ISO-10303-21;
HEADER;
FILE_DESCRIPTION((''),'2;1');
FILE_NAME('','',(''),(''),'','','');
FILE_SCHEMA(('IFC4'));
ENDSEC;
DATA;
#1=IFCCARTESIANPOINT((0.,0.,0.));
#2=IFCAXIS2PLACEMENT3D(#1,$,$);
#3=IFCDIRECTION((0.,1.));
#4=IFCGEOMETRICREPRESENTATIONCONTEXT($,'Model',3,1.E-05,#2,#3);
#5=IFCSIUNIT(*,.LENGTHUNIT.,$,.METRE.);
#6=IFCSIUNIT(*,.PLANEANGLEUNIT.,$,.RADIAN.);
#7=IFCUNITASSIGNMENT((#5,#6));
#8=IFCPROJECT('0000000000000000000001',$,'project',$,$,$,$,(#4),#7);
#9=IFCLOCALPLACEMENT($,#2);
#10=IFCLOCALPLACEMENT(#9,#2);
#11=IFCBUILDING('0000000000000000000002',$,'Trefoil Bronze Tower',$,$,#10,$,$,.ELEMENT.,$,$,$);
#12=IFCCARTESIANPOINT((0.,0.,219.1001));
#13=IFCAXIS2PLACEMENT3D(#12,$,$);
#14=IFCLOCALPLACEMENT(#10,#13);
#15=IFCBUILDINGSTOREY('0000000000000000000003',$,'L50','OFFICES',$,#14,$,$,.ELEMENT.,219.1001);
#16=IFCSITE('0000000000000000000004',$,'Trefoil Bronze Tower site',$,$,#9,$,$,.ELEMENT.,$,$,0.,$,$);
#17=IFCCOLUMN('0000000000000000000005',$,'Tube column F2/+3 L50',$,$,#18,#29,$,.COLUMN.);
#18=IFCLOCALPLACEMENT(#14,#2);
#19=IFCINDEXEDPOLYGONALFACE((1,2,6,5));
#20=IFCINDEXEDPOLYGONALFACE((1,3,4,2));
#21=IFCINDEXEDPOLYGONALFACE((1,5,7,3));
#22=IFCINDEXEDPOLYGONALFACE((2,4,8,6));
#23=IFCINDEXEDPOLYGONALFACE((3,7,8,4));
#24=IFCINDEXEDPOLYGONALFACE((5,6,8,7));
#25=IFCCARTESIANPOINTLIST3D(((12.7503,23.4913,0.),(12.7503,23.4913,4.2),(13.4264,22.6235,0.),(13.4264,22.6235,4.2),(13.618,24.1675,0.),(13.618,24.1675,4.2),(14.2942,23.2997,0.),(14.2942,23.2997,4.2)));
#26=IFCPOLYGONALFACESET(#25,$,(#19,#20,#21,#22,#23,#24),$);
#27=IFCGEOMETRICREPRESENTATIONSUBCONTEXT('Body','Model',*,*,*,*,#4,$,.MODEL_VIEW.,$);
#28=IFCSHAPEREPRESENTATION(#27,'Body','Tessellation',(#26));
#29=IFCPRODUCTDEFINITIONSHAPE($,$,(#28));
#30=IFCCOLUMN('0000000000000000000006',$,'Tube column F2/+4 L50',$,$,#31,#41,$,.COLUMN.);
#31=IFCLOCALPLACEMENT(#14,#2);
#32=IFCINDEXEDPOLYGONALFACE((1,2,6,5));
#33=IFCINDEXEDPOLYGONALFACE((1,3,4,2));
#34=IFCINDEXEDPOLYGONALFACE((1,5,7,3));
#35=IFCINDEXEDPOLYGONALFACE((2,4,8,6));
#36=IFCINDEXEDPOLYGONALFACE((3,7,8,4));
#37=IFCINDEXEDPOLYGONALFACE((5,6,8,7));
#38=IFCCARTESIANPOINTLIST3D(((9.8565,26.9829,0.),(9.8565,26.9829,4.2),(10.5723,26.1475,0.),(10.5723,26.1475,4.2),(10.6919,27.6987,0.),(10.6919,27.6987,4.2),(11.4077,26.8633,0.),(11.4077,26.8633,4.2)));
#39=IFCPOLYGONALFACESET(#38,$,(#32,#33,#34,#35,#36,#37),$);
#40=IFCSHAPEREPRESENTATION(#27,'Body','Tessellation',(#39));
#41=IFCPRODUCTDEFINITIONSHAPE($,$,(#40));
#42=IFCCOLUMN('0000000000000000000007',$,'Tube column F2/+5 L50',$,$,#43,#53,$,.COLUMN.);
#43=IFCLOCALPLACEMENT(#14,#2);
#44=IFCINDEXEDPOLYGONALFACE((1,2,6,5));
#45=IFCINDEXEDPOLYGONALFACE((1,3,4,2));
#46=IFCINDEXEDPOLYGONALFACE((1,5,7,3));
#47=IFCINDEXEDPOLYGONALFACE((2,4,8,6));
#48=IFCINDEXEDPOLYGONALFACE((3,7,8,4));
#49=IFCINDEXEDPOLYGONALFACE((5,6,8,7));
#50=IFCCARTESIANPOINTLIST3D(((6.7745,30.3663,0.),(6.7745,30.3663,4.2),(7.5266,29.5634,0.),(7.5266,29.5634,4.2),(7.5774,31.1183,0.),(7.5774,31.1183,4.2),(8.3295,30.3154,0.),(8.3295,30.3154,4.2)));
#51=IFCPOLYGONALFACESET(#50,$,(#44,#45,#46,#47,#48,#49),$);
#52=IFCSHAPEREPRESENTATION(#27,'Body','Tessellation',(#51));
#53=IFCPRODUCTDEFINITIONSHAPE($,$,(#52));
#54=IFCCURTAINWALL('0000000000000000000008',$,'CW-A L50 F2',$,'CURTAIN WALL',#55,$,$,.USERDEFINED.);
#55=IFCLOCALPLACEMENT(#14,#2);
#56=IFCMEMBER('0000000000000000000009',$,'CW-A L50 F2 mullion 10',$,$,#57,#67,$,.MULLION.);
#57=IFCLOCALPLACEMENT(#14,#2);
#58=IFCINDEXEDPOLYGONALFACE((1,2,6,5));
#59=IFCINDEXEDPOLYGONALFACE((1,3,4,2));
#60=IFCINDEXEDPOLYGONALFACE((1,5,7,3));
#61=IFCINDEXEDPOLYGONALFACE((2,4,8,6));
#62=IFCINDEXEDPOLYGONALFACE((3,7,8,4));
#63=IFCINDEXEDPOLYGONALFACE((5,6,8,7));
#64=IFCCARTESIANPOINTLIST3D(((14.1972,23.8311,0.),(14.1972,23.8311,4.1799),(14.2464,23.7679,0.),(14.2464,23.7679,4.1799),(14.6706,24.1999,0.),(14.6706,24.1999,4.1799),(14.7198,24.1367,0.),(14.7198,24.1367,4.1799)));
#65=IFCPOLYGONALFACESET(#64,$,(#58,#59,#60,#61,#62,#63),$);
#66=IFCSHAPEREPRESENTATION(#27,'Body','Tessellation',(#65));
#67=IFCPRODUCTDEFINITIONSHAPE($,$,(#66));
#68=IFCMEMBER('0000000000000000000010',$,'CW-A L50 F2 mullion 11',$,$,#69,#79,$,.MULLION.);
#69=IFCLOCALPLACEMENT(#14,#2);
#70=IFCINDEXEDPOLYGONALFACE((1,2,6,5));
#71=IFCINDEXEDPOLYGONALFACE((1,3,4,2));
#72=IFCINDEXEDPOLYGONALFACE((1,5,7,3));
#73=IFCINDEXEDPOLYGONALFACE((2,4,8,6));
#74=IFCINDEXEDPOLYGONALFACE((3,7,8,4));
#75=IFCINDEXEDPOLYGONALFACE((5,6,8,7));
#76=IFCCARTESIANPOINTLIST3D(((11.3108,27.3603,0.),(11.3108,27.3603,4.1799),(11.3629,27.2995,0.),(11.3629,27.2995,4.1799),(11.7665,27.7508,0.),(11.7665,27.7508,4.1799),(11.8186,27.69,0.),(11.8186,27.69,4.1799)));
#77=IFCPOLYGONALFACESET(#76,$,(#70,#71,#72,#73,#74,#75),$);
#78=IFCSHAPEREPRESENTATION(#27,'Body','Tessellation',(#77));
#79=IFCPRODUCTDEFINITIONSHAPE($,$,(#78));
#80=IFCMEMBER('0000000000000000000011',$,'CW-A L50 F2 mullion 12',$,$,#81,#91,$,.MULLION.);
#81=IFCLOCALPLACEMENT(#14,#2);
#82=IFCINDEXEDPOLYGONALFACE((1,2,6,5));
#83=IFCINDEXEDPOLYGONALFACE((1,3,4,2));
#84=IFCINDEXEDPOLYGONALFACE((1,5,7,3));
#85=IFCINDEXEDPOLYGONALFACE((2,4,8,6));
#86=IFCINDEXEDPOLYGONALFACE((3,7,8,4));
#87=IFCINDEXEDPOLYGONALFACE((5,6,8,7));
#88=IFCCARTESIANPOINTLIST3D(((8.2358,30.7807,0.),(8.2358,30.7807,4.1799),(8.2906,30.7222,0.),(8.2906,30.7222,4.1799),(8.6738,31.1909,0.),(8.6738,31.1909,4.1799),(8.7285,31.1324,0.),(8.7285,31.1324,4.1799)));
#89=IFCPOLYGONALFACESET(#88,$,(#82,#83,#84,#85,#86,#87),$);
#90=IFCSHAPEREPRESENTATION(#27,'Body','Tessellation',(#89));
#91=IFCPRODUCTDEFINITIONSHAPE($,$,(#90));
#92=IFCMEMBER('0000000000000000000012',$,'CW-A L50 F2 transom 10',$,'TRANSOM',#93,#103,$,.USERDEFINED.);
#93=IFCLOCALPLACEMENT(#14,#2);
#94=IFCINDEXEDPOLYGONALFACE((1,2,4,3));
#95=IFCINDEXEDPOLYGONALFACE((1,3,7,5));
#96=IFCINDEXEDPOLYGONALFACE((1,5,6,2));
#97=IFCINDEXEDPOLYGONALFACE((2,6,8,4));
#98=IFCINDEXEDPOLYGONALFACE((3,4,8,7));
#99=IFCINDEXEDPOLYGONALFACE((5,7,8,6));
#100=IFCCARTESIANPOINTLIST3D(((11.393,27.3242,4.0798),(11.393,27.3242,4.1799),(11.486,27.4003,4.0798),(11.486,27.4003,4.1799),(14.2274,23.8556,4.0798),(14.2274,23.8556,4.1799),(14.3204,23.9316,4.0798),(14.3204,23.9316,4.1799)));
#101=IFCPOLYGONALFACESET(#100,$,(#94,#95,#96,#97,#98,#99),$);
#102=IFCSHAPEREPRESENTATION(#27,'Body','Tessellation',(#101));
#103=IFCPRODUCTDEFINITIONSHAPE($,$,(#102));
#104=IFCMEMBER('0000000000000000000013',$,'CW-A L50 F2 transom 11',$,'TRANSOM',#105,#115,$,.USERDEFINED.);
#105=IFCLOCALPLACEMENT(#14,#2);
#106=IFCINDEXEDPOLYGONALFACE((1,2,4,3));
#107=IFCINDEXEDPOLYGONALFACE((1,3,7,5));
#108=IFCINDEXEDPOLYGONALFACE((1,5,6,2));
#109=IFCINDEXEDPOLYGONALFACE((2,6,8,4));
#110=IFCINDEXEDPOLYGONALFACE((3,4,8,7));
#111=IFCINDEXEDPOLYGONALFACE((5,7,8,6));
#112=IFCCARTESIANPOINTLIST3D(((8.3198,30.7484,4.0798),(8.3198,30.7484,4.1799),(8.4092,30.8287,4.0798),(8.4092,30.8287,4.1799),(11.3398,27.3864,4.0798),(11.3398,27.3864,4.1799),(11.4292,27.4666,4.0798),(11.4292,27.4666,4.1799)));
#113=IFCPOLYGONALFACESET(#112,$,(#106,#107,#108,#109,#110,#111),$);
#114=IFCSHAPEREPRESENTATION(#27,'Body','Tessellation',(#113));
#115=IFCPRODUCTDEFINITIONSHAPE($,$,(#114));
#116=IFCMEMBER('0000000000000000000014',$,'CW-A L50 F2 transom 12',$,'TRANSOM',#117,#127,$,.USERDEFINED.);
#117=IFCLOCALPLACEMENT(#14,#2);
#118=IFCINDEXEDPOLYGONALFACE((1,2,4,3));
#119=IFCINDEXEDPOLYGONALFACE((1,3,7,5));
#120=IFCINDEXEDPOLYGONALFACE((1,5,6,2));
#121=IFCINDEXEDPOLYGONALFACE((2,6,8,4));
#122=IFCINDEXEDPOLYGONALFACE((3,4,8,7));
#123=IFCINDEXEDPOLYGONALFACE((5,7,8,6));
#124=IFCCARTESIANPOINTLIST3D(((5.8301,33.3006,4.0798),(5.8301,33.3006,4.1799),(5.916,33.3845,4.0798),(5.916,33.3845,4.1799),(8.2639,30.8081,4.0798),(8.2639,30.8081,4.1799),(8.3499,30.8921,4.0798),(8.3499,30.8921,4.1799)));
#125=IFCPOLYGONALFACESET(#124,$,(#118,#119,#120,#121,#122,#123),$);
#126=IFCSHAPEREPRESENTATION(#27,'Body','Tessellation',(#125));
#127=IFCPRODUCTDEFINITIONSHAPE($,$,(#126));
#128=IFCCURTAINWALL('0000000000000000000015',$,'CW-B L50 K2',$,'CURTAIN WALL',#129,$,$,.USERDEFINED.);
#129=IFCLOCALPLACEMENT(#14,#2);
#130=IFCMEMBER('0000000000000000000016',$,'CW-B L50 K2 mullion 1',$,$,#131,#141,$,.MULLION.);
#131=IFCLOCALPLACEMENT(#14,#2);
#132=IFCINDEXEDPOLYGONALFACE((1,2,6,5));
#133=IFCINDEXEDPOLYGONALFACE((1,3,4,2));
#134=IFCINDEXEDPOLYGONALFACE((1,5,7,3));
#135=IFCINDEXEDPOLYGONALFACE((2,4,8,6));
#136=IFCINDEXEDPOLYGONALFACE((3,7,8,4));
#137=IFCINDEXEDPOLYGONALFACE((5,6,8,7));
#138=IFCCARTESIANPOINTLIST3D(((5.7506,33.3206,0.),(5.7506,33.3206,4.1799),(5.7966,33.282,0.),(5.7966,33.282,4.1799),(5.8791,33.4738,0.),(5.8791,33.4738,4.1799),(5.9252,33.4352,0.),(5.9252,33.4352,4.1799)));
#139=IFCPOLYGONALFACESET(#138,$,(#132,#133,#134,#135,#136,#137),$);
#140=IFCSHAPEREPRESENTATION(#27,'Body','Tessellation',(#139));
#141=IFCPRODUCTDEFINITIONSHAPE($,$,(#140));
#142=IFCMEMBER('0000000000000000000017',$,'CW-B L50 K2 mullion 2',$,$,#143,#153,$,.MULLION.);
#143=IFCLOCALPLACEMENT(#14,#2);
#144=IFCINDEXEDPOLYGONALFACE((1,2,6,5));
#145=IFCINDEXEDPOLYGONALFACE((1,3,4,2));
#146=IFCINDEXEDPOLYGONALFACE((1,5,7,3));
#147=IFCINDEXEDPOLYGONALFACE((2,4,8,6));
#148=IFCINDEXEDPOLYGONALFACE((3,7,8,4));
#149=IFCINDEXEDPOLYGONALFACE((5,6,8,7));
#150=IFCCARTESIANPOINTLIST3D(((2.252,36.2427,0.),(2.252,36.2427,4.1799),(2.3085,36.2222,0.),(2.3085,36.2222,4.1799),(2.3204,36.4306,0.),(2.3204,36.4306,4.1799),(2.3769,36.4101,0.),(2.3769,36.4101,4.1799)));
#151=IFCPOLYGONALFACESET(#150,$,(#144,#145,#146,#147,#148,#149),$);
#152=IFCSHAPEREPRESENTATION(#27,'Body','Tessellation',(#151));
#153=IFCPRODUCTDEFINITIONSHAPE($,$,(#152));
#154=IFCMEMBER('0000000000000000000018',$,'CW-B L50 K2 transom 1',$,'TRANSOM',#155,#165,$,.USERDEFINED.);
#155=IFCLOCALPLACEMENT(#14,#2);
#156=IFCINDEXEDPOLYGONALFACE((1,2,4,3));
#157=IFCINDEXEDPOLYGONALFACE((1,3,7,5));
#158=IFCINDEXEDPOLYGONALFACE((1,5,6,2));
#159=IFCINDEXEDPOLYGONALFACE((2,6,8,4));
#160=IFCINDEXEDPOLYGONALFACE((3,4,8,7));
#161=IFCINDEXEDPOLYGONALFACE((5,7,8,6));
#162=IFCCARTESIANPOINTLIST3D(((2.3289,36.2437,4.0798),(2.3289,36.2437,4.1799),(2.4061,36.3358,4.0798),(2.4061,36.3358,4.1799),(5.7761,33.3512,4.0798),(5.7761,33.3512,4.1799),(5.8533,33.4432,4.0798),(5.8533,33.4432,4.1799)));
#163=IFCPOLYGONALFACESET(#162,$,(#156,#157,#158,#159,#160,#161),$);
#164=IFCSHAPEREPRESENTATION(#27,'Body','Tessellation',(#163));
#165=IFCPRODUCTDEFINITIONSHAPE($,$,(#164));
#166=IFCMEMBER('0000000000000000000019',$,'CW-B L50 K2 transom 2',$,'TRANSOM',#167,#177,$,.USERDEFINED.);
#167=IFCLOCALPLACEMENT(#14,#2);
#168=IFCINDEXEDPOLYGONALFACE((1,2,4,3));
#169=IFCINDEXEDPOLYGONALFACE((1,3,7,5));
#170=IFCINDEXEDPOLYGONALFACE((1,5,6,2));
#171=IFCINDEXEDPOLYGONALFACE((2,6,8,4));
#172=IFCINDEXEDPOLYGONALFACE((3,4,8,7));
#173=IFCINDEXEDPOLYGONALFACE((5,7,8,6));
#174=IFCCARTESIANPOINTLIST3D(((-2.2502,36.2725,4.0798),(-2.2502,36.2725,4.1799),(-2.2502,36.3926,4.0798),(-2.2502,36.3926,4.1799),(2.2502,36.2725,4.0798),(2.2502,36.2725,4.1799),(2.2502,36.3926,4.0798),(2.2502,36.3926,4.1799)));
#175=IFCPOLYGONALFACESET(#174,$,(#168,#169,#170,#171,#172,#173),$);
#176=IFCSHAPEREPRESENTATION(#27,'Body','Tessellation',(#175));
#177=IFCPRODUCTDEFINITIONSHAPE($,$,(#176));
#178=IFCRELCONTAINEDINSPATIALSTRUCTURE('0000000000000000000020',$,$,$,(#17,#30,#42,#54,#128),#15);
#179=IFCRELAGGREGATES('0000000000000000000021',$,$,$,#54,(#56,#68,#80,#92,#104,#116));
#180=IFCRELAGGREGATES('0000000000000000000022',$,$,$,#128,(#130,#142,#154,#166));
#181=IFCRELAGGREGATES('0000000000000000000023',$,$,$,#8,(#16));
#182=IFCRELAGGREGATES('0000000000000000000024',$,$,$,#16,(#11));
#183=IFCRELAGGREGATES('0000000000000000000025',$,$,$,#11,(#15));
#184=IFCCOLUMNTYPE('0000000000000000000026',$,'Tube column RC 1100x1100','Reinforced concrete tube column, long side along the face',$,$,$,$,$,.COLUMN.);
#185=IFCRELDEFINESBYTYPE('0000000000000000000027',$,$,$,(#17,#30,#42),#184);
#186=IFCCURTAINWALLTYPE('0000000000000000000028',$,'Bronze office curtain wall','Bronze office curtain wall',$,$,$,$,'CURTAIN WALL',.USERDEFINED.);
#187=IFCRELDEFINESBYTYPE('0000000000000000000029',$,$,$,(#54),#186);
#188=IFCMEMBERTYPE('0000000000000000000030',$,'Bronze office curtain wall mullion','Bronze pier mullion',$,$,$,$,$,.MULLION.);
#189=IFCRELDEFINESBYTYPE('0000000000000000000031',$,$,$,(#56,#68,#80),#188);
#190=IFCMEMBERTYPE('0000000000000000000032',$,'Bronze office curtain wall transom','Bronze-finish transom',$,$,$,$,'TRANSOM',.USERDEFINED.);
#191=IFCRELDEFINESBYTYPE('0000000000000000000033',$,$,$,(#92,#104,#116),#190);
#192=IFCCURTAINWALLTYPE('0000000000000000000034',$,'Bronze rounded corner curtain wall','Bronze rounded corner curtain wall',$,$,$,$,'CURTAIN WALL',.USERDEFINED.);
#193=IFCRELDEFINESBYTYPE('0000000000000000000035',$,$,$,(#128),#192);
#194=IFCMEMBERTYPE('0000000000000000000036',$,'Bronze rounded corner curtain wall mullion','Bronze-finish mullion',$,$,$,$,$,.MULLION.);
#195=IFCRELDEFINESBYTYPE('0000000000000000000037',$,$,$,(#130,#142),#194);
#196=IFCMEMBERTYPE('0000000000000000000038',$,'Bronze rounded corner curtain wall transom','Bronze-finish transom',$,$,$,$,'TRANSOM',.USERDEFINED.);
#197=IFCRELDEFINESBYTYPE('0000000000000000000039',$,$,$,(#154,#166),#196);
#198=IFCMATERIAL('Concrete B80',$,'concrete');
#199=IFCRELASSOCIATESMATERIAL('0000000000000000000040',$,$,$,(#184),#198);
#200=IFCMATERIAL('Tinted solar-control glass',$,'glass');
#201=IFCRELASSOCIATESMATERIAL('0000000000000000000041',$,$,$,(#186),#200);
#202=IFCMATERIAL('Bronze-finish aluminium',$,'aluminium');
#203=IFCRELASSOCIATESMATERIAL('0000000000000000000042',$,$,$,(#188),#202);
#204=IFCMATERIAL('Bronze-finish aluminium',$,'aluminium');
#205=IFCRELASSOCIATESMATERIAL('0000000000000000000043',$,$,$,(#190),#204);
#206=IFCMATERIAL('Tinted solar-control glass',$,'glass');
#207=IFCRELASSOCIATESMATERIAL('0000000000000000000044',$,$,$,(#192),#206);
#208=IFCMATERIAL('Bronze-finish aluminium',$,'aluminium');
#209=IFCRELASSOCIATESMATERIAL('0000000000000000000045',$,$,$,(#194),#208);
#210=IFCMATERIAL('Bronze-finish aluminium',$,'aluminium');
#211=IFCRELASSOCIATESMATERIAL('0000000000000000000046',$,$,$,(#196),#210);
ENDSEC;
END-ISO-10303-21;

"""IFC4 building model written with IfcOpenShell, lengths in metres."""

from ifc_helpers import new_model, si_unit, direction, frame, origin, origin_2d, place, context, subcontext, project, spatial, rectangle, extrude, material, material_profile, profile_set, type_object, element, aggregate, save


model = new_model("IFC4")

# Units and contexts
model_context = context("Model", 3, precision=1e-05, world=origin(), true_north=direction((0.0, 1.0)))
body_context = subcontext(model_context, "Body", "Model", "MODEL_VIEW")
ifc_project = project(units=[si_unit("LENGTHUNIT", "METRE"), si_unit("PLANEANGLEUNIT", "RADIAN")], contexts=[model_context])

# Site, building, storey
site_placement = place(None, origin())
site = spatial("IfcSite", under=ifc_project, at=site_placement, Name="Trefoil Bronze Tower site", CompositionType="ELEMENT", RefElevation=0.0)
building_placement = place(site_placement, origin())
building = spatial("IfcBuilding", under=site, at=building_placement, Name="Trefoil Bronze Tower", CompositionType="ELEMENT")
storey_placement = place(building_placement, frame((0.0, 0.0, 219.1001)))
storey = spatial("IfcBuildingStorey", under=building, at=storey_placement, Name="L50", Description="OFFICES", CompositionType="ELEMENT", Elevation=219.1001)

# Columns
ifc_material_1 = material(Name="Concrete B80", Category="concrete")
ifc_material_profile_1 = material_profile(ifc_material_1, rectangle(XDim=1.1001, YDim=1.1001, at=origin_2d()), Name="RC 1100x1100")
ifc_profile_set_1 = profile_set([ifc_material_profile_1], Name="Concrete B80")
column_type = type_object("IfcColumnType", Name="Tube column RC 1100x1100", Description="Reinforced concrete tube column, long side along the face", PredefinedType="COLUMN", material=ifc_profile_set_1)
for number, where, z_axis, x_axis, name in (
    (1, (13.5222, 23.3955, 0.0), (0.0, 0.0, 1.0), (-0.614622, 0.788821, 0.0), "Tube column F2/+3 L50"),
    (2, (10.6321, 26.9231, 0.0), (0.0, 0.0, 1.0), (-0.650677, 0.759355, 0.0), "Tube column F2/+4 L50"),
    (3, (7.552, 30.3408, 0.0), (0.0, 0.0, 1.0), (-0.683597, 0.72986, 0.0), "Tube column F2/+5 L50"),
):
    element("IfcColumn", number, at=place(storey_placement, frame(where, z_axis=z_axis, x_axis=x_axis)), inside=storey, type_object=column_type, Name=name, PredefinedType="COLUMN", context=body_context, shape_type="SweptSolid", body=[
        extrude(rectangle(XDim=1.1001, YDim=1.1001, at=origin_2d()), origin(), (0.0, 0.0, 1.0), 4.2),
    ])

# Curtain walls, members
ifc_material_2 = material(Name="Tinted solar-control glass", Category="glass")
curtain_wall_type_1 = type_object("IfcCurtainWallType", Name="Bronze office curtain wall", Description="Bronze office curtain wall", ElementType="CURTAIN WALL", PredefinedType="USERDEFINED", material=ifc_material_2)
curtain_wall_1_placement = place(storey_placement, origin())
curtain_wall_1 = element("IfcCurtainWall", 4, at=curtain_wall_1_placement, inside=storey, type_object=curtain_wall_type_1, Name="CW-A L50 F2", ObjectType="CURTAIN WALL", PredefinedType="USERDEFINED")
ifc_material_3 = material(Name="Bronze-finish aluminium", Category="aluminium")
ifc_material_profile_2 = material_profile(ifc_material_3, rectangle(XDim=0.6001, YDim=0.0801, at=origin_2d()), Name="CW-A mullion")
ifc_profile_set_2 = profile_set([ifc_material_profile_2], Name="Bronze-finish aluminium")
member_type_1 = type_object("IfcMemberType", Name="Bronze office curtain wall mullion", Description="Bronze pier mullion", PredefinedType="MULLION", material=ifc_profile_set_2)
member_1_placement = place(storey_placement, frame((14.4585, 23.9839, 0.0), z_axis=(0.0, 0.0, 1.0), x_axis=(-0.788821, -0.614622, 0.0)))
member_1 = element("IfcMember", 5, at=member_1_placement, type_object=member_type_1, Name="CW-A L50 F2 mullion 10", PredefinedType="MULLION", context=body_context, shape_type="SweptSolid", body=[
    extrude(rectangle(XDim=0.6001, YDim=0.0801, at=origin_2d()), origin(), (0.0, 0.0, 1.0), 4.1799),
])
member_2_placement = place(storey_placement, frame((11.5647, 27.5251, 0.0), z_axis=(0.0, 0.0, 1.0), x_axis=(-0.759355, -0.650677, 0.0)))
member_2 = element("IfcMember", 6, at=member_2_placement, type_object=member_type_1, Name="CW-A L50 F2 mullion 11", PredefinedType="MULLION", context=body_context, shape_type="SweptSolid", body=[
    extrude(rectangle(XDim=0.6001, YDim=0.0801, at=origin_2d()), origin(), (0.0, 0.0, 1.0), 4.1799),
])
member_3_placement = place(storey_placement, frame((8.4822, 30.9565, 0.0), z_axis=(0.0, 0.0, 1.0), x_axis=(-0.72986, -0.683597, 0.0)))
member_3 = element("IfcMember", 7, at=member_3_placement, type_object=member_type_1, Name="CW-A L50 F2 mullion 12", PredefinedType="MULLION", context=body_context, shape_type="SweptSolid", body=[
    extrude(rectangle(XDim=0.6001, YDim=0.0801, at=origin_2d()), origin(), (0.0, 0.0, 1.0), 4.1799),
])
ifc_material_4 = material(Name="Bronze-finish aluminium", Category="aluminium")
ifc_material_profile_3 = material_profile(ifc_material_4, rectangle(XDim=0.1201, YDim=0.1001, at=origin_2d()), Name="CW-A transom")
ifc_profile_set_3 = profile_set([ifc_material_profile_3], Name="Bronze-finish aluminium")
member_type_2 = type_object("IfcMemberType", Name="Bronze office curtain wall transom", Description="Bronze-finish transom", ElementType="TRANSOM", PredefinedType="USERDEFINED", material=ifc_profile_set_3)
member_4_placement = place(storey_placement, frame((14.2739, 23.8936, 4.1299), z_axis=(-0.632757, 0.774351, 0.0), x_axis=(-0.774351, -0.632757, 0.0)))
member_4 = element("IfcMember", 8, at=member_4_placement, type_object=member_type_2, Name="CW-A L50 F2 transom 10", ObjectType="TRANSOM", PredefinedType="USERDEFINED", context=body_context, shape_type="SweptSolid", body=[
    extrude(rectangle(XDim=0.1201, YDim=0.1001, at=origin_2d()), origin(), (0.0, 0.0, 1.0), 4.4795),
])
member_5_placement = place(storey_placement, frame((11.3845, 27.4265, 4.1299), z_axis=(-0.668251, 0.743936, 0.0), x_axis=(-0.743936, -0.668251, 0.0)))
member_5 = element("IfcMember", 9, at=member_5_placement, type_object=member_type_2, Name="CW-A L50 F2 transom 11", ObjectType="TRANSOM", PredefinedType="USERDEFINED", context=body_context, shape_type="SweptSolid", body=[
    extrude(rectangle(XDim=0.1201, YDim=0.1001, at=origin_2d()), origin(), (0.0, 0.0, 1.0), 4.5193),
])
member_6_placement = place(storey_placement, frame((8.3069, 30.8501, 4.1299), z_axis=(-0.698647, 0.715467, 0.0), x_axis=(-0.715467, -0.698647, 0.0)))
member_6 = element("IfcMember", 10, at=member_6_placement, type_object=member_type_2, Name="CW-A L50 F2 transom 12", ObjectType="TRANSOM", PredefinedType="USERDEFINED", context=body_context, shape_type="SweptSolid", body=[
    extrude(rectangle(XDim=0.1201, YDim=0.1001, at=origin_2d()), origin(), (0.0, 0.0, 1.0), 3.4836),
])
ifc_material_5 = material(Name="Tinted solar-control glass", Category="glass")
curtain_wall_type_2 = type_object("IfcCurtainWallType", Name="Bronze rounded corner curtain wall", Description="Bronze rounded corner curtain wall", ElementType="CURTAIN WALL", PredefinedType="USERDEFINED", material=ifc_material_5)
curtain_wall_2_placement = place(storey_placement, origin())
curtain_wall_2 = element("IfcCurtainWall", 11, at=curtain_wall_2_placement, inside=storey, type_object=curtain_wall_type_2, Name="CW-B L50 K2", ObjectType="CURTAIN WALL", PredefinedType="USERDEFINED")
ifc_material_6 = material(Name="Bronze-finish aluminium", Category="aluminium")
ifc_material_profile_4 = material_profile(ifc_material_6, rectangle(XDim=0.2, YDim=0.0601, at=origin_2d()), Name="CW-B mullion")
ifc_profile_set_4 = profile_set([ifc_material_profile_4], Name="Bronze-finish aluminium")
member_type_3 = type_object("IfcMemberType", Name="Bronze rounded corner curtain wall mullion", Description="Bronze-finish mullion", PredefinedType="MULLION", material=ifc_profile_set_4)
member_7_placement = place(storey_placement, frame((5.8379, 33.3779, 0.0), z_axis=(0.0, 0.0, 1.0), x_axis=(-0.642788, -0.766044, 0.0)))
member_7 = element("IfcMember", 12, at=member_7_placement, type_object=member_type_3, Name="CW-B L50 K2 mullion 1", PredefinedType="MULLION", context=body_context, shape_type="SweptSolid", body=[
    extrude(rectangle(XDim=0.2, YDim=0.0601, at=origin_2d()), origin(), (0.0, 0.0, 1.0), 4.1799),
])
member_8_placement = place(storey_placement, frame((2.3145, 36.3264, 0.0), z_axis=(0.0, 0.0, 1.0), x_axis=(-0.34202, -0.939693, 0.0)))
member_8 = element("IfcMember", 13, at=member_8_placement, type_object=member_type_3, Name="CW-B L50 K2 mullion 2", PredefinedType="MULLION", context=body_context, shape_type="SweptSolid", body=[
    extrude(rectangle(XDim=0.2, YDim=0.0601, at=origin_2d()), origin(), (0.0, 0.0, 1.0), 4.1799),
])
ifc_material_7 = material(Name="Bronze-finish aluminium", Category="aluminium")
ifc_material_profile_5 = material_profile(ifc_material_7, rectangle(XDim=0.1201, YDim=0.1001, at=origin_2d()), Name="CW-B transom")
ifc_profile_set_5 = profile_set([ifc_material_profile_5], Name="Bronze-finish aluminium")
member_type_4 = type_object("IfcMemberType", Name="Bronze rounded corner curtain wall transom", Description="Bronze-finish transom", ElementType="TRANSOM", PredefinedType="USERDEFINED", material=ifc_profile_set_5)
member_9_placement = place(storey_placement, frame((5.8147, 33.3972, 4.1299), z_axis=(-0.766047, 0.642785, 0.0), x_axis=(-0.642785, -0.766047, 0.0)))
member_9 = element("IfcMember", 14, at=member_9_placement, type_object=member_type_4, Name="CW-B L50 K2 transom 1", ObjectType="TRANSOM", PredefinedType="USERDEFINED", context=body_context, shape_type="SweptSolid", body=[
    extrude(rectangle(XDim=0.1201, YDim=0.1001, at=origin_2d()), origin(), (0.0, 0.0, 1.0), 4.5),
])
member_10_placement = place(storey_placement, frame((2.2502, 36.3325, 4.1299), z_axis=(-1.0, 0.0, 0.0), x_axis=(0.0, -1.0, 0.0)))
member_10 = element("IfcMember", 15, at=member_10_placement, type_object=member_type_4, Name="CW-B L50 K2 transom 2", ObjectType="TRANSOM", PredefinedType="USERDEFINED", context=body_context, shape_type="SweptSolid", body=[
    extrude(rectangle(XDim=0.1201, YDim=0.1001, at=origin_2d()), origin(), (0.0, 0.0, 1.0), 4.5005),
])

aggregate(curtain_wall_1, [member_1, member_2, member_3, member_4, member_5, member_6])
aggregate(curtain_wall_2, [member_7, member_8, member_9, member_10])

save(model, "model.ifc")
